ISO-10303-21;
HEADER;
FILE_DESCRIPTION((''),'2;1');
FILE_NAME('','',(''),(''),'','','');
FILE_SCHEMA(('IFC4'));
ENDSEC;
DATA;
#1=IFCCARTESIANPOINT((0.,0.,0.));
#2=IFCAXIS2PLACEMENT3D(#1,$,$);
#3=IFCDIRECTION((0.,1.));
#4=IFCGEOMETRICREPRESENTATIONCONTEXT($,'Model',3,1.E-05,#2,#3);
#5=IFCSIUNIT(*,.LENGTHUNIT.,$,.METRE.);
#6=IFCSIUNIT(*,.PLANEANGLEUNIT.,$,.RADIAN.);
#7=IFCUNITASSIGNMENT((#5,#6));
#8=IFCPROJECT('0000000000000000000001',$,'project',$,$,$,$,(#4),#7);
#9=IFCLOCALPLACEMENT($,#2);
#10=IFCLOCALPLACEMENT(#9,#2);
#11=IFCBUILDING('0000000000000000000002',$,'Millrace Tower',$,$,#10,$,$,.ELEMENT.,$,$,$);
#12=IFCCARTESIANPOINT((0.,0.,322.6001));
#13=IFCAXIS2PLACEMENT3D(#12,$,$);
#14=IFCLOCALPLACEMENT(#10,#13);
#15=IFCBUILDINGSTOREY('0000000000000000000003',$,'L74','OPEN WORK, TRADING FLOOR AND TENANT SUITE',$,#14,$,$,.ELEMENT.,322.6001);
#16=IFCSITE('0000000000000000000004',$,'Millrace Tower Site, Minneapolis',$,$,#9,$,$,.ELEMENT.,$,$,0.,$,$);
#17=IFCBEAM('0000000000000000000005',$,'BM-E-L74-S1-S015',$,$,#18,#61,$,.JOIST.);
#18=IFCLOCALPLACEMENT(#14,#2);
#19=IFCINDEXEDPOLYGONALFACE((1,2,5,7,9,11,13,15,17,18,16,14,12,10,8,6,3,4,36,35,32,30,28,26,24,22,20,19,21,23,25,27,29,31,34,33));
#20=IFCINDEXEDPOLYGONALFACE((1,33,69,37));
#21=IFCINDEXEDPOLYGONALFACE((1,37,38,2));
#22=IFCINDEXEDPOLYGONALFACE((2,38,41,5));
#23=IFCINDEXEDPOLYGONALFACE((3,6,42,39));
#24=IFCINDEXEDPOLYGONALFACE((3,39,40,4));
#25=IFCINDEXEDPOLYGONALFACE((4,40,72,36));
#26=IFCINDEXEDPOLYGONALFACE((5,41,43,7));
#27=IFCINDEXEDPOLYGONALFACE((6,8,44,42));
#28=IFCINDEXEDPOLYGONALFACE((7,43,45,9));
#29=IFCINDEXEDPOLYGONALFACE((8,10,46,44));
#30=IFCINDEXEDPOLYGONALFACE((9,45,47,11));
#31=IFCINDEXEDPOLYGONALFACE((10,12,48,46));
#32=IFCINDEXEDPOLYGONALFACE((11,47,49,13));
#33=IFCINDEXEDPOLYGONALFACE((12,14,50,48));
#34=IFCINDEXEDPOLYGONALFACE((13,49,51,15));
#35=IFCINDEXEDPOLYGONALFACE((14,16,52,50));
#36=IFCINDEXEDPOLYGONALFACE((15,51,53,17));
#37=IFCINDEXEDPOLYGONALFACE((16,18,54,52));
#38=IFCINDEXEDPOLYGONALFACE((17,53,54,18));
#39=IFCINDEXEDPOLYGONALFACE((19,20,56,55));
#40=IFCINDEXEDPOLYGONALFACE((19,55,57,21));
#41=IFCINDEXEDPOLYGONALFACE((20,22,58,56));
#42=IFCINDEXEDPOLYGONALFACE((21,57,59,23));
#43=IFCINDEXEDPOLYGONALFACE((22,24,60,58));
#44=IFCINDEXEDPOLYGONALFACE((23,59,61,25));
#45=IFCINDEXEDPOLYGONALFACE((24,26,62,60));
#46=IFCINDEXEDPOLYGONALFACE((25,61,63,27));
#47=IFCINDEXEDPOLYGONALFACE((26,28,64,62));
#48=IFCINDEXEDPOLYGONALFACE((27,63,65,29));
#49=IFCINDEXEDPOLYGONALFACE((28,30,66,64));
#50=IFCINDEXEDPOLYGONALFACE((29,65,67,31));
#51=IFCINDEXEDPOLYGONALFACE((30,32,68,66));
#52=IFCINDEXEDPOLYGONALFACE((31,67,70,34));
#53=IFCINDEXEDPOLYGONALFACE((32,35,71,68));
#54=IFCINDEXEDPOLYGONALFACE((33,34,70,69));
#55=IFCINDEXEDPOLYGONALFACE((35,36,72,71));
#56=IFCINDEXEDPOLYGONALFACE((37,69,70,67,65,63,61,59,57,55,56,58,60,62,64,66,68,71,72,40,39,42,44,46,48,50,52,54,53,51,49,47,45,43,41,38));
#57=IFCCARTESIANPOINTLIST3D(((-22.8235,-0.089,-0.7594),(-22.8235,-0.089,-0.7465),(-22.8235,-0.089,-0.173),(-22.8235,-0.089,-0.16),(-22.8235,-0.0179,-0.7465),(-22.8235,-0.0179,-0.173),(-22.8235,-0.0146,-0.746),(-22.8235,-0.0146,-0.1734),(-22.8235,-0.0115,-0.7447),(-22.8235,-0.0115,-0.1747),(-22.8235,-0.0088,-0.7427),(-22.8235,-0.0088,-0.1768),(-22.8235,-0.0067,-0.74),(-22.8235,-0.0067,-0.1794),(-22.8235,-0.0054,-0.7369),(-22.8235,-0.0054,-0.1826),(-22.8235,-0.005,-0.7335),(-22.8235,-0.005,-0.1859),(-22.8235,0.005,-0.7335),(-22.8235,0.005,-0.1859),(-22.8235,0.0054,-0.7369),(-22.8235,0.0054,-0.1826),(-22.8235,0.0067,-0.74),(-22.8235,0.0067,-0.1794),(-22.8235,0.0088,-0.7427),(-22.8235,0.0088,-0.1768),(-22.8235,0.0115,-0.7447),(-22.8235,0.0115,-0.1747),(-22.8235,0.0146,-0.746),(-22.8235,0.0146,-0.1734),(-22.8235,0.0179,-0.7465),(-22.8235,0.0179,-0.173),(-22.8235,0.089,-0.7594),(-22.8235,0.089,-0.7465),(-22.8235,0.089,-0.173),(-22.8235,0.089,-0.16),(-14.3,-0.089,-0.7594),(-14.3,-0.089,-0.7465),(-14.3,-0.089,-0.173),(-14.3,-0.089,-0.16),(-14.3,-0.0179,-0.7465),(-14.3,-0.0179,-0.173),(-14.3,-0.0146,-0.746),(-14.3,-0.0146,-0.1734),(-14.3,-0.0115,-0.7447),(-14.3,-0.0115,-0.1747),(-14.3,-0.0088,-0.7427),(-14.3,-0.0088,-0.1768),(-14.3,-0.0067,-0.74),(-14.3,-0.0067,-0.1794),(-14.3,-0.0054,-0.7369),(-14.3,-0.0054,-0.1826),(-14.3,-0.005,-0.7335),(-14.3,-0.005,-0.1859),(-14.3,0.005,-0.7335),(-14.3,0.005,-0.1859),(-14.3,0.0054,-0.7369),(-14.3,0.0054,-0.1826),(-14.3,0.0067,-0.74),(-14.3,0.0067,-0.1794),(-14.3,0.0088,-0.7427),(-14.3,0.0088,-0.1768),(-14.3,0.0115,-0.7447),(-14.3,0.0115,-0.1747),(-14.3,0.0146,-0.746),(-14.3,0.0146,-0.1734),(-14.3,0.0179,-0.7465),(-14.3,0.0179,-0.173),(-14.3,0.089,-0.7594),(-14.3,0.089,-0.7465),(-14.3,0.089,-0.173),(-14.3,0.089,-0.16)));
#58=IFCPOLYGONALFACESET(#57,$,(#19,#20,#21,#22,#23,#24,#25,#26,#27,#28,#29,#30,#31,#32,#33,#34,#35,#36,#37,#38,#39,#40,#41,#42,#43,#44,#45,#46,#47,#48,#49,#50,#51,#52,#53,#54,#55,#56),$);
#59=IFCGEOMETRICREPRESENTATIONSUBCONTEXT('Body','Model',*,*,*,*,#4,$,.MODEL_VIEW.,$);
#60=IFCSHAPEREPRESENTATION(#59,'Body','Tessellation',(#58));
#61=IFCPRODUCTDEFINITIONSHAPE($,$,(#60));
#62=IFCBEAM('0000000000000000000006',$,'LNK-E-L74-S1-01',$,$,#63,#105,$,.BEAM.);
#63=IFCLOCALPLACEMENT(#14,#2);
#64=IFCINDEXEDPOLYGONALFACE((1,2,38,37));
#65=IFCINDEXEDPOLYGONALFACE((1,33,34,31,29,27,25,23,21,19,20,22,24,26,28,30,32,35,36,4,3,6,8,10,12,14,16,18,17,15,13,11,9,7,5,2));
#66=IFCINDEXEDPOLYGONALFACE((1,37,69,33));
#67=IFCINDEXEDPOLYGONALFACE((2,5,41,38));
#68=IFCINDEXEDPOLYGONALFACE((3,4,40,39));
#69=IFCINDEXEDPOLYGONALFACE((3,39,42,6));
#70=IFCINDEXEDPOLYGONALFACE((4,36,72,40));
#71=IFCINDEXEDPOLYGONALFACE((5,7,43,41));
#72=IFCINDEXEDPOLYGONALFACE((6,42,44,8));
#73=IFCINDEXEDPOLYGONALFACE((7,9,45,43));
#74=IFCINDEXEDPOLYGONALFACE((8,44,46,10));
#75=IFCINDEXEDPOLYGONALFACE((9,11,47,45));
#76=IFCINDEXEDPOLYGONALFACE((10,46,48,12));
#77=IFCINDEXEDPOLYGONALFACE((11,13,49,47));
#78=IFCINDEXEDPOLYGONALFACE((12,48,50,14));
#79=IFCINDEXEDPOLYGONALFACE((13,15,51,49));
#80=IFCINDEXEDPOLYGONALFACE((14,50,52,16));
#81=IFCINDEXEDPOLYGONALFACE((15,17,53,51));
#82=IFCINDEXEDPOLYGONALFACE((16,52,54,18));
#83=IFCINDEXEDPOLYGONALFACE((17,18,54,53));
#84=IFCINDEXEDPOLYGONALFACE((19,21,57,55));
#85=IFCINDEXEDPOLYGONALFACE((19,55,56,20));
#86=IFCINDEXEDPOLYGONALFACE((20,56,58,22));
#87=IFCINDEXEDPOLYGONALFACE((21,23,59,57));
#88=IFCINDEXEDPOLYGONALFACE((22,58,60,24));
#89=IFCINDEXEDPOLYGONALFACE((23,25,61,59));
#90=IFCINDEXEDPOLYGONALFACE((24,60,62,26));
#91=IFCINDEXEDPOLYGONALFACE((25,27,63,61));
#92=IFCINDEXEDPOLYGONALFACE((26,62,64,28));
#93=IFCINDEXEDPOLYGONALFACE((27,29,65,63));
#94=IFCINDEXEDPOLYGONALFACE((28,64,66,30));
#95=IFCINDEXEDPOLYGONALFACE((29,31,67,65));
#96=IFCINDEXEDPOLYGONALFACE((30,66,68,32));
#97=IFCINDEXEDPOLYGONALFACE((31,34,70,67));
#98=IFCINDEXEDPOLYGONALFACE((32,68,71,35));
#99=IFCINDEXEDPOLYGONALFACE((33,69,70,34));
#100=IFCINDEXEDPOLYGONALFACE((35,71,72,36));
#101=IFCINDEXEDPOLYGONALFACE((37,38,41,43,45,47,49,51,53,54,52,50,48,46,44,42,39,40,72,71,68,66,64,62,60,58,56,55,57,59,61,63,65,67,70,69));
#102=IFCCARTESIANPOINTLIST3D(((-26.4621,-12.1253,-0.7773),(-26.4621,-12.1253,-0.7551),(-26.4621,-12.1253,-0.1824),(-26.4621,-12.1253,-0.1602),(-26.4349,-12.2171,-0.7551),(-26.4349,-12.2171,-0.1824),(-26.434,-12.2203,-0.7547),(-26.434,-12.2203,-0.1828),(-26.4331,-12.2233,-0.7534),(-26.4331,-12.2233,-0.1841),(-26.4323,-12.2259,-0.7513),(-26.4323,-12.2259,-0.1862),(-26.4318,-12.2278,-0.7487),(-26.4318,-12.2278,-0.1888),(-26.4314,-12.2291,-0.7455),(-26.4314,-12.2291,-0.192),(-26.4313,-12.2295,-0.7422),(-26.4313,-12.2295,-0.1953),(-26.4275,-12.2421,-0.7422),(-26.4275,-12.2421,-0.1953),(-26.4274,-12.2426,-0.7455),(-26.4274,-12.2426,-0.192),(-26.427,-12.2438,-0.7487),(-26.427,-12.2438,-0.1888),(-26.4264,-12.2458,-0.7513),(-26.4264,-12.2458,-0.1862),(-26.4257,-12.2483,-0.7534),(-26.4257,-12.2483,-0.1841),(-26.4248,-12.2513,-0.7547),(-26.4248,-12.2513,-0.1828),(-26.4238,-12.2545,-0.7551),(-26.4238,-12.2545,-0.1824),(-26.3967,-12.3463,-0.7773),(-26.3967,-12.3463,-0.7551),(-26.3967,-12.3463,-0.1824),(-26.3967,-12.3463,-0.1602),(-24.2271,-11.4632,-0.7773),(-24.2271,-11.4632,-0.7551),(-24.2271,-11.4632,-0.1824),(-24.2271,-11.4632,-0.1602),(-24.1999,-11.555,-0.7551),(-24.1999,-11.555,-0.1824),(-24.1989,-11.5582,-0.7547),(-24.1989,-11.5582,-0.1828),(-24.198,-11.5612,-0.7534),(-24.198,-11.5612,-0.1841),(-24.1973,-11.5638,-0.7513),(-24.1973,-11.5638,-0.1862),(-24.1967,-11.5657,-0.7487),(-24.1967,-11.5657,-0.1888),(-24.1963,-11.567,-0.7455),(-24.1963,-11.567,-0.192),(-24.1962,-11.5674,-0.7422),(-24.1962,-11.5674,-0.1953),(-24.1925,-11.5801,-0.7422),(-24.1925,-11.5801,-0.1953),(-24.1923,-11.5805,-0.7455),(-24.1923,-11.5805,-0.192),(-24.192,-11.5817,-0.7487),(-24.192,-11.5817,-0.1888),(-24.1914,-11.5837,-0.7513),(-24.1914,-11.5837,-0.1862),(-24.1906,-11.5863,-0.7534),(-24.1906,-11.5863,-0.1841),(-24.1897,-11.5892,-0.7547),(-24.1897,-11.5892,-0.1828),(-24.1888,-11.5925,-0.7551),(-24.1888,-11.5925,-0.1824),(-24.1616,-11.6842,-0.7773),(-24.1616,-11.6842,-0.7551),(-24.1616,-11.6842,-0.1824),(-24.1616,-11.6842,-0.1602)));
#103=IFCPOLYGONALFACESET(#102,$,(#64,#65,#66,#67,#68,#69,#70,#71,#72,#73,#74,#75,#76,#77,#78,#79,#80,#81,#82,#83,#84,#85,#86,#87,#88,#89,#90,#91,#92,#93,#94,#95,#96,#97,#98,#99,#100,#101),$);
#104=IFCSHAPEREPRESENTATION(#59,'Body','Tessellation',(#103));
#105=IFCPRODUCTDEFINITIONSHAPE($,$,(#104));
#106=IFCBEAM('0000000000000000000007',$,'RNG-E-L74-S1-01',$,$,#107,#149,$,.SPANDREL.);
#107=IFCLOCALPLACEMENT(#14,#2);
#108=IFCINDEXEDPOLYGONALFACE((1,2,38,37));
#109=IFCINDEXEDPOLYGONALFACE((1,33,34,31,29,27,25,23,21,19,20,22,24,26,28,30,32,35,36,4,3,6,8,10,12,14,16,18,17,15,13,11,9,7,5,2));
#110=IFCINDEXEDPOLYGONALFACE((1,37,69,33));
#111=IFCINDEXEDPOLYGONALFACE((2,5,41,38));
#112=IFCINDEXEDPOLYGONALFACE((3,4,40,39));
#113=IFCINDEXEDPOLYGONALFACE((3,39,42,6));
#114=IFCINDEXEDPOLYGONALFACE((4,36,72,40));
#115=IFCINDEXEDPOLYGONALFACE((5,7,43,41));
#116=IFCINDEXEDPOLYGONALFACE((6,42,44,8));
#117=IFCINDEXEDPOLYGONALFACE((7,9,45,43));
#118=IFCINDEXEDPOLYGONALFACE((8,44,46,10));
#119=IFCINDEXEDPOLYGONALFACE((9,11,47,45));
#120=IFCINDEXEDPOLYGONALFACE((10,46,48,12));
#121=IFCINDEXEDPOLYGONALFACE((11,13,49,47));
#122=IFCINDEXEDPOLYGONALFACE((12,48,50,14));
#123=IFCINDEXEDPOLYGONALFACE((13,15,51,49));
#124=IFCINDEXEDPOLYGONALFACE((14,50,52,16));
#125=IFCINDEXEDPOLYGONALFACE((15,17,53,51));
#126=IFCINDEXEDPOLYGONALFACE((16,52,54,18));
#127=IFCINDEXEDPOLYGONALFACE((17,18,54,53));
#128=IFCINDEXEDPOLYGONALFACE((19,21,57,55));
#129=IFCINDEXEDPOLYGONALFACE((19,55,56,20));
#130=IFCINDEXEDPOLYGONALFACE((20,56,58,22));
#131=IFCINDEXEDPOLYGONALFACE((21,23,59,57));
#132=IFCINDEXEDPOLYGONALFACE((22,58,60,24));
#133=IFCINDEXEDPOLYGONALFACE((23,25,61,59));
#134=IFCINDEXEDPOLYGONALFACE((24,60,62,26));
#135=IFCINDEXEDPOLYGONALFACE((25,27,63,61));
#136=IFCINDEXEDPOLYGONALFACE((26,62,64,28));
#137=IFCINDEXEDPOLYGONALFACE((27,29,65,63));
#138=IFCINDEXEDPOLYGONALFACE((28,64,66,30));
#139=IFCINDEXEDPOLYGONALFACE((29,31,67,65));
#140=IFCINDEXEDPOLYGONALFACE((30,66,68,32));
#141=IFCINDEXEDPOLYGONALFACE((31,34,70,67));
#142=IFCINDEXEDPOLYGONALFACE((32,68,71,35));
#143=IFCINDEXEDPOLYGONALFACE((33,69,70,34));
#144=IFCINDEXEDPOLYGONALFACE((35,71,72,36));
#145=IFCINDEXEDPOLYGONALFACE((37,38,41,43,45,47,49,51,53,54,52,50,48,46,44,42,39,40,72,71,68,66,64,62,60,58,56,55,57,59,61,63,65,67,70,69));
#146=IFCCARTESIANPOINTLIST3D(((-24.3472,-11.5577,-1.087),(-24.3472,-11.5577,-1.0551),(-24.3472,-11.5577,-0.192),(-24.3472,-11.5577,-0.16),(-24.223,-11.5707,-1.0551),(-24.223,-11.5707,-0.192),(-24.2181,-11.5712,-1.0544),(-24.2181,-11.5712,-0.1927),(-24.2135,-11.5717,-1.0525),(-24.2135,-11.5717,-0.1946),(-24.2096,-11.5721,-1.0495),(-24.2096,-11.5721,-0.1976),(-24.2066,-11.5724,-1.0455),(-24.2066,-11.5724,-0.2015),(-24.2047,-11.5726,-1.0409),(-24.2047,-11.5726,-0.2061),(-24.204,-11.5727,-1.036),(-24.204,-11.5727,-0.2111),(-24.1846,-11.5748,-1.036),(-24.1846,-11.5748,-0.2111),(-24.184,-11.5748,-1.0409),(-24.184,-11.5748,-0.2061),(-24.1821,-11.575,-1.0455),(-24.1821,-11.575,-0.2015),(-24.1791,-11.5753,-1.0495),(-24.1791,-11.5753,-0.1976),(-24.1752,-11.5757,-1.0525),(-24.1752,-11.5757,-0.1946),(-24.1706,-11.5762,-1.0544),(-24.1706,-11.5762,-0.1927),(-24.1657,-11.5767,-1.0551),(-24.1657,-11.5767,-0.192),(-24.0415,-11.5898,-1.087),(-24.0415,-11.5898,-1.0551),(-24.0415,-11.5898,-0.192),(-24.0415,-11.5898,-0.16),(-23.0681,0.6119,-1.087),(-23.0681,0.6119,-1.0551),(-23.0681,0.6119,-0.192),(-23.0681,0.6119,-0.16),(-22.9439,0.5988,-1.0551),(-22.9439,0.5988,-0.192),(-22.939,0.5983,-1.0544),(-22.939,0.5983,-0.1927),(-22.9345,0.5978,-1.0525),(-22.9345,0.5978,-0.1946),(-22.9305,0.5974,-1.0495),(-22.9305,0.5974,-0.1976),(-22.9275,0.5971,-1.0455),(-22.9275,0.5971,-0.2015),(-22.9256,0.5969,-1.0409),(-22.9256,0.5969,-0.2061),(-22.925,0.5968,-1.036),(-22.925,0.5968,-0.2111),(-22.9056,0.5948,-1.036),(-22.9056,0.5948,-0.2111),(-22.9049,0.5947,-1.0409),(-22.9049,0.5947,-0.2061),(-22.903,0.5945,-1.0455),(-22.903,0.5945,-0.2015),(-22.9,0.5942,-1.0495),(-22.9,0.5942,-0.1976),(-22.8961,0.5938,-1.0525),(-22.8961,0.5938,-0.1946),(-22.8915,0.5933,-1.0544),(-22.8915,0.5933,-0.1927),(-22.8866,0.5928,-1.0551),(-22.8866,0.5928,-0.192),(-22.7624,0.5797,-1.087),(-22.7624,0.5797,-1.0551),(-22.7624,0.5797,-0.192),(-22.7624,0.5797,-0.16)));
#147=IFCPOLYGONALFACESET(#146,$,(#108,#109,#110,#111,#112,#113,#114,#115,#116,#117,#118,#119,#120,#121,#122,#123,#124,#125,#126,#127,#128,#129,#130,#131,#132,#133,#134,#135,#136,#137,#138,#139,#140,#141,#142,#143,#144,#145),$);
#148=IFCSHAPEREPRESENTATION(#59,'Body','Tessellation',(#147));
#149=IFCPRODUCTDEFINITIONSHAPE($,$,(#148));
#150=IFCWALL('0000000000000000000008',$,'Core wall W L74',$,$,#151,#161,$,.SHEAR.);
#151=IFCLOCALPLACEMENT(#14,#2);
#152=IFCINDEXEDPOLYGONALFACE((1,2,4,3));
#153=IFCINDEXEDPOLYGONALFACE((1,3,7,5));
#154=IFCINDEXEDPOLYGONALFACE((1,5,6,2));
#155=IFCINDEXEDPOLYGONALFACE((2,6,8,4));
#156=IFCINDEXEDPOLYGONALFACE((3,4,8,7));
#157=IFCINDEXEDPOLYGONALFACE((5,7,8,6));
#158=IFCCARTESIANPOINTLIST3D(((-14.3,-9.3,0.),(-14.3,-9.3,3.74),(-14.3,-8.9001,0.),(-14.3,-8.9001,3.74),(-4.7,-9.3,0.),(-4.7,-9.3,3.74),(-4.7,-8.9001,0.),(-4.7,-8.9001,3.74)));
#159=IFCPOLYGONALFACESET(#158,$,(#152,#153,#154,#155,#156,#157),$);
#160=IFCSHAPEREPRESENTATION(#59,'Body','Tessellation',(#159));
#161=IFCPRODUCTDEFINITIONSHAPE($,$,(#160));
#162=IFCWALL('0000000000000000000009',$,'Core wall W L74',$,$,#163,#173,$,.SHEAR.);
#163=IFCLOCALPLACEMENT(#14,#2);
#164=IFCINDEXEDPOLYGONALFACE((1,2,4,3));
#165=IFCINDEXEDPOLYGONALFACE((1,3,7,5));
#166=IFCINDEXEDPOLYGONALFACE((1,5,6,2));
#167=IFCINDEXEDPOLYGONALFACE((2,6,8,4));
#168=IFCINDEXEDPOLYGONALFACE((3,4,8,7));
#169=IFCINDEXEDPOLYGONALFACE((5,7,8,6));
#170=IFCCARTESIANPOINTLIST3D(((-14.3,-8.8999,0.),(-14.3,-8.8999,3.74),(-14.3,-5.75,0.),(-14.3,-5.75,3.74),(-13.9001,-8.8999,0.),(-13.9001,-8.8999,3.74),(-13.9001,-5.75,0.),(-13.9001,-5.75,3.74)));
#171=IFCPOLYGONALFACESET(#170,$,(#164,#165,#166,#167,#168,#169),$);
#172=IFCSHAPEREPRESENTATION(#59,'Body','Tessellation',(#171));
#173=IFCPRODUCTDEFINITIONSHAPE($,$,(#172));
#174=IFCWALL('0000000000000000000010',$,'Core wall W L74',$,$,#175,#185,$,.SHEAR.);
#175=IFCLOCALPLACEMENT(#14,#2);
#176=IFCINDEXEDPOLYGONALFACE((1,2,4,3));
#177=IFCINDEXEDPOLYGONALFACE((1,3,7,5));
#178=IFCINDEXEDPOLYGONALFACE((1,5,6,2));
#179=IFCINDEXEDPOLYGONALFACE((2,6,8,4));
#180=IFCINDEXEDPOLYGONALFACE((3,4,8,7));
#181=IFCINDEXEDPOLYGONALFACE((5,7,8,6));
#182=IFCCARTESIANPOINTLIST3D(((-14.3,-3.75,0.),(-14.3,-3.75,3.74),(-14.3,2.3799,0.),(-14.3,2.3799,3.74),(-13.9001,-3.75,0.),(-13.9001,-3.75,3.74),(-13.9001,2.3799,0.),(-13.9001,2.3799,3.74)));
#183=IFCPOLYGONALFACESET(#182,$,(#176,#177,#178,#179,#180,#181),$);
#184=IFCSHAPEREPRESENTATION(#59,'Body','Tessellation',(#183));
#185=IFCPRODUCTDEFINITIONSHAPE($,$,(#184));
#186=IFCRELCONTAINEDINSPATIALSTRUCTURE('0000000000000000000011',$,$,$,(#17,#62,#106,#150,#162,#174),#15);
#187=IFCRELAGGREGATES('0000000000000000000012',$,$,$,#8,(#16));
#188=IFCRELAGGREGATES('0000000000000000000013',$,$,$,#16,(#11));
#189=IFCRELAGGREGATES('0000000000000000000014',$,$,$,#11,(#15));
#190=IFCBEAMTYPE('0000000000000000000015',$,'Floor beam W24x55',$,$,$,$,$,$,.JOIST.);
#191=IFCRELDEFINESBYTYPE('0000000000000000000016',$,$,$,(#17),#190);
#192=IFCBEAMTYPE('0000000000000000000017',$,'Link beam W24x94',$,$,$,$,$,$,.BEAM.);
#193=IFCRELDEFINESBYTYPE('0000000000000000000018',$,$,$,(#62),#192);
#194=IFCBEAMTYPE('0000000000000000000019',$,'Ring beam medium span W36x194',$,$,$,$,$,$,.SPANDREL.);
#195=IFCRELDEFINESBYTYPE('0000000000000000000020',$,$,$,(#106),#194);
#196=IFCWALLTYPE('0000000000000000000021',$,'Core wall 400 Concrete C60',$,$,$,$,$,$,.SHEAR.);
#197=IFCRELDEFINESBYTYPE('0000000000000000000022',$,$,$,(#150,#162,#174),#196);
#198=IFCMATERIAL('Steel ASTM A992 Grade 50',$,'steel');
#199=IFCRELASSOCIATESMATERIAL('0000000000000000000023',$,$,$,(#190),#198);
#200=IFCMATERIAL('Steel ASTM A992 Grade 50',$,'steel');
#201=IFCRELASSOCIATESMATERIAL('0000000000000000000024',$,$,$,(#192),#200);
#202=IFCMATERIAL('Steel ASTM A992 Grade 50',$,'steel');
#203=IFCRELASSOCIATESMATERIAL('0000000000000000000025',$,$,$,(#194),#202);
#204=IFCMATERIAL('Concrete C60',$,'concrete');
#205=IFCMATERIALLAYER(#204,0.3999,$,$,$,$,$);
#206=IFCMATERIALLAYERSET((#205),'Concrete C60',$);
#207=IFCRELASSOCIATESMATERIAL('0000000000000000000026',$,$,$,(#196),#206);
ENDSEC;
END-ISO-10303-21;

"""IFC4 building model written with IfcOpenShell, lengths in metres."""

from ifc_helpers import new_model, si_unit, direction, frame, frame_2d, origin, origin_2d, place, context, subcontext, project, spatial, rectangle, i_section, extrude, material, layer, layer_set, material_profile, profile_set, type_object, element, save


model = new_model("IFC4")

# Units and contexts
model_context = context("Model", 3, precision=1e-05, world=origin(), true_north=direction((0.0, 1.0)))
body_context = subcontext(model_context, "Body", "Model", "MODEL_VIEW")
ifc_project = project(units=[si_unit("LENGTHUNIT", "METRE"), si_unit("PLANEANGLEUNIT", "RADIAN")], contexts=[model_context])

# Site, building, storey
site_placement = place(None, origin())
site = spatial("IfcSite", under=ifc_project, at=site_placement, Name="Millrace Tower Site, Minneapolis", CompositionType="ELEMENT", RefElevation=0.0)
building_placement = place(site_placement, origin())
building = spatial("IfcBuilding", under=site, at=building_placement, Name="Millrace Tower", CompositionType="ELEMENT")
storey_placement = place(building_placement, frame((0.0, 0.0, 322.6001)))
storey = spatial("IfcBuildingStorey", under=building, at=storey_placement, Name="L74", Description="OPEN WORK, TRADING FLOOR AND TENANT SUITE", CompositionType="ELEMENT", Elevation=322.6001)

# Beams
ifc_material_1 = material(Name="Steel ASTM A992 Grade 50", Category="steel")
ifc_material_profile_1 = material_profile(ifc_material_1, i_section(OverallWidth=0.178, OverallDepth=0.5994, WebThickness=0.01, FlangeThickness=0.0129, FilletRadius=0.0129, at=origin_2d()))
ifc_profile_set_1 = profile_set([ifc_material_profile_1], Name="Steel ASTM A992 Grade 50")
beam_type_1 = type_object("IfcBeamType", Name="Floor beam W24x55", PredefinedType="JOIST", material=ifc_profile_set_1)
beam_1_placement = place(storey_placement, frame((-22.8235, 0.0, -0.4597), z_axis=(1.0, 0.0, 0.0), x_axis=(0.0, 1.0, 0.0)))
element("IfcBeam", 1, at=beam_1_placement, inside=storey, type_object=beam_type_1, Name="BM-E-L74-S1-S015", PredefinedType="JOIST", context=body_context, shape_type="SweptSolid", body=[
    extrude(i_section(OverallWidth=0.178, OverallDepth=0.5994, WebThickness=0.01, FlangeThickness=0.0129, FilletRadius=0.0129, at=origin_2d()), origin(), (0.0, 0.0, 1.0), 8.5234),
])
ifc_material_2 = material(Name="Steel ASTM A992 Grade 50", Category="steel")
ifc_material_profile_2 = material_profile(ifc_material_2, i_section(OverallWidth=0.2305, OverallDepth=0.6172, WebThickness=0.0132, FlangeThickness=0.0222, FilletRadius=0.0129, at=origin_2d()))
ifc_profile_set_2 = profile_set([ifc_material_profile_2], Name="Steel ASTM A992 Grade 50")
beam_type_2 = type_object("IfcBeamType", Name="Link beam W24x94", PredefinedType="BEAM", material=ifc_profile_set_2)
beam_2_placement = place(storey_placement, frame((-24.1943, -11.5737, -0.4688), z_axis=(-0.958815, -0.284031, 0.0), x_axis=(0.284031, -0.958815, 0.0)))
element("IfcBeam", 2, at=beam_2_placement, inside=storey, type_object=beam_type_2, Name="LNK-E-L74-S1-01", PredefinedType="BEAM", context=body_context, shape_type="SweptSolid", body=[
    extrude(i_section(OverallWidth=0.2305, OverallDepth=0.6172, WebThickness=0.0132, FlangeThickness=0.0222, FilletRadius=0.0129, at=origin_2d()), origin(), (0.0, 0.0, 1.0), 2.3311),
])
ifc_material_3 = material(Name="Steel ASTM A992 Grade 50", Category="steel")
ifc_material_profile_3 = material_profile(ifc_material_3, i_section(OverallWidth=0.3074, OverallDepth=0.927, WebThickness=0.0195, FlangeThickness=0.032, FilletRadius=0.019, at=origin_2d()))
ifc_profile_set_3 = profile_set([ifc_material_profile_3], Name="Steel ASTM A992 Grade 50")
beam_type_3 = type_object("IfcBeamType", Name="Ring beam medium span W36x194", PredefinedType="SPANDREL", material=ifc_profile_set_3)
beam_3_placement = place(storey_placement, frame((-24.1943, -11.5737, -0.6235), z_axis=(0.104528, 0.994522, 0.0), x_axis=(-0.994522, 0.104528, 0.0)))
element("IfcBeam", 3, at=beam_3_placement, inside=storey, type_object=beam_type_3, Name="RNG-E-L74-S1-01", PredefinedType="SPANDREL", context=body_context, shape_type="SweptSolid", body=[
    extrude(i_section(OverallWidth=0.3074, OverallDepth=0.927, WebThickness=0.0195, FlangeThickness=0.032, FilletRadius=0.019, at=origin_2d()), origin(), (0.0, 0.0, 1.0), 12.2366),
])

# Walls
ifc_material_4 = material(Name="Concrete C60", Category="concrete")
ifc_layer_1 = layer(ifc_material_4, 0.3999)
ifc_layer_set_1 = layer_set([ifc_layer_1], Name="Concrete C60")
wall_type_1 = type_object("IfcWallType", Name="Core wall 400 Concrete C60", PredefinedType="SHEAR", material=ifc_layer_set_1)
wall_1_placement = place(storey_placement, frame((-14.3, -9.1001, 0.0), z_axis=(0.0, 0.0, 1.0), x_axis=(1.0, 0.0, 0.0)))
element("IfcWall", 4, at=wall_1_placement, inside=storey, type_object=wall_type_1, Name="Core wall W L74", PredefinedType="SHEAR", context=body_context, shape_type="SweptSolid", body=[
    extrude(rectangle(XDim=9.6001, YDim=0.3999, at=frame_2d((4.8, 0.0))), origin(), (0.0, 0.0, 1.0), 3.74),
])
wall_2_placement = place(storey_placement, frame((-14.1001, -8.8999, 0.0), z_axis=(0.0, 0.0, 1.0), x_axis=(0.0, 1.0, 0.0)))
element("IfcWall", 5, at=wall_2_placement, inside=storey, type_object=wall_type_1, Name="Core wall W L74", PredefinedType="SHEAR", context=body_context, shape_type="SweptSolid", body=[
    extrude(rectangle(XDim=3.1499, YDim=0.3999, at=frame_2d((1.575, 0.0))), origin(), (0.0, 0.0, 1.0), 3.74),
])
wall_3_placement = place(storey_placement, frame((-14.1001, -3.75, 0.0), z_axis=(0.0, 0.0, 1.0), x_axis=(0.0, 1.0, 0.0)))
element("IfcWall", 6, at=wall_3_placement, inside=storey, type_object=wall_type_1, Name="Core wall W L74", PredefinedType="SHEAR", context=body_context, shape_type="SweptSolid", body=[
    extrude(rectangle(XDim=6.1299, YDim=0.3999, at=frame_2d((3.0649, 0.0))), origin(), (0.0, 0.0, 1.0), 3.74),
])

save(model, "model.ifc")
